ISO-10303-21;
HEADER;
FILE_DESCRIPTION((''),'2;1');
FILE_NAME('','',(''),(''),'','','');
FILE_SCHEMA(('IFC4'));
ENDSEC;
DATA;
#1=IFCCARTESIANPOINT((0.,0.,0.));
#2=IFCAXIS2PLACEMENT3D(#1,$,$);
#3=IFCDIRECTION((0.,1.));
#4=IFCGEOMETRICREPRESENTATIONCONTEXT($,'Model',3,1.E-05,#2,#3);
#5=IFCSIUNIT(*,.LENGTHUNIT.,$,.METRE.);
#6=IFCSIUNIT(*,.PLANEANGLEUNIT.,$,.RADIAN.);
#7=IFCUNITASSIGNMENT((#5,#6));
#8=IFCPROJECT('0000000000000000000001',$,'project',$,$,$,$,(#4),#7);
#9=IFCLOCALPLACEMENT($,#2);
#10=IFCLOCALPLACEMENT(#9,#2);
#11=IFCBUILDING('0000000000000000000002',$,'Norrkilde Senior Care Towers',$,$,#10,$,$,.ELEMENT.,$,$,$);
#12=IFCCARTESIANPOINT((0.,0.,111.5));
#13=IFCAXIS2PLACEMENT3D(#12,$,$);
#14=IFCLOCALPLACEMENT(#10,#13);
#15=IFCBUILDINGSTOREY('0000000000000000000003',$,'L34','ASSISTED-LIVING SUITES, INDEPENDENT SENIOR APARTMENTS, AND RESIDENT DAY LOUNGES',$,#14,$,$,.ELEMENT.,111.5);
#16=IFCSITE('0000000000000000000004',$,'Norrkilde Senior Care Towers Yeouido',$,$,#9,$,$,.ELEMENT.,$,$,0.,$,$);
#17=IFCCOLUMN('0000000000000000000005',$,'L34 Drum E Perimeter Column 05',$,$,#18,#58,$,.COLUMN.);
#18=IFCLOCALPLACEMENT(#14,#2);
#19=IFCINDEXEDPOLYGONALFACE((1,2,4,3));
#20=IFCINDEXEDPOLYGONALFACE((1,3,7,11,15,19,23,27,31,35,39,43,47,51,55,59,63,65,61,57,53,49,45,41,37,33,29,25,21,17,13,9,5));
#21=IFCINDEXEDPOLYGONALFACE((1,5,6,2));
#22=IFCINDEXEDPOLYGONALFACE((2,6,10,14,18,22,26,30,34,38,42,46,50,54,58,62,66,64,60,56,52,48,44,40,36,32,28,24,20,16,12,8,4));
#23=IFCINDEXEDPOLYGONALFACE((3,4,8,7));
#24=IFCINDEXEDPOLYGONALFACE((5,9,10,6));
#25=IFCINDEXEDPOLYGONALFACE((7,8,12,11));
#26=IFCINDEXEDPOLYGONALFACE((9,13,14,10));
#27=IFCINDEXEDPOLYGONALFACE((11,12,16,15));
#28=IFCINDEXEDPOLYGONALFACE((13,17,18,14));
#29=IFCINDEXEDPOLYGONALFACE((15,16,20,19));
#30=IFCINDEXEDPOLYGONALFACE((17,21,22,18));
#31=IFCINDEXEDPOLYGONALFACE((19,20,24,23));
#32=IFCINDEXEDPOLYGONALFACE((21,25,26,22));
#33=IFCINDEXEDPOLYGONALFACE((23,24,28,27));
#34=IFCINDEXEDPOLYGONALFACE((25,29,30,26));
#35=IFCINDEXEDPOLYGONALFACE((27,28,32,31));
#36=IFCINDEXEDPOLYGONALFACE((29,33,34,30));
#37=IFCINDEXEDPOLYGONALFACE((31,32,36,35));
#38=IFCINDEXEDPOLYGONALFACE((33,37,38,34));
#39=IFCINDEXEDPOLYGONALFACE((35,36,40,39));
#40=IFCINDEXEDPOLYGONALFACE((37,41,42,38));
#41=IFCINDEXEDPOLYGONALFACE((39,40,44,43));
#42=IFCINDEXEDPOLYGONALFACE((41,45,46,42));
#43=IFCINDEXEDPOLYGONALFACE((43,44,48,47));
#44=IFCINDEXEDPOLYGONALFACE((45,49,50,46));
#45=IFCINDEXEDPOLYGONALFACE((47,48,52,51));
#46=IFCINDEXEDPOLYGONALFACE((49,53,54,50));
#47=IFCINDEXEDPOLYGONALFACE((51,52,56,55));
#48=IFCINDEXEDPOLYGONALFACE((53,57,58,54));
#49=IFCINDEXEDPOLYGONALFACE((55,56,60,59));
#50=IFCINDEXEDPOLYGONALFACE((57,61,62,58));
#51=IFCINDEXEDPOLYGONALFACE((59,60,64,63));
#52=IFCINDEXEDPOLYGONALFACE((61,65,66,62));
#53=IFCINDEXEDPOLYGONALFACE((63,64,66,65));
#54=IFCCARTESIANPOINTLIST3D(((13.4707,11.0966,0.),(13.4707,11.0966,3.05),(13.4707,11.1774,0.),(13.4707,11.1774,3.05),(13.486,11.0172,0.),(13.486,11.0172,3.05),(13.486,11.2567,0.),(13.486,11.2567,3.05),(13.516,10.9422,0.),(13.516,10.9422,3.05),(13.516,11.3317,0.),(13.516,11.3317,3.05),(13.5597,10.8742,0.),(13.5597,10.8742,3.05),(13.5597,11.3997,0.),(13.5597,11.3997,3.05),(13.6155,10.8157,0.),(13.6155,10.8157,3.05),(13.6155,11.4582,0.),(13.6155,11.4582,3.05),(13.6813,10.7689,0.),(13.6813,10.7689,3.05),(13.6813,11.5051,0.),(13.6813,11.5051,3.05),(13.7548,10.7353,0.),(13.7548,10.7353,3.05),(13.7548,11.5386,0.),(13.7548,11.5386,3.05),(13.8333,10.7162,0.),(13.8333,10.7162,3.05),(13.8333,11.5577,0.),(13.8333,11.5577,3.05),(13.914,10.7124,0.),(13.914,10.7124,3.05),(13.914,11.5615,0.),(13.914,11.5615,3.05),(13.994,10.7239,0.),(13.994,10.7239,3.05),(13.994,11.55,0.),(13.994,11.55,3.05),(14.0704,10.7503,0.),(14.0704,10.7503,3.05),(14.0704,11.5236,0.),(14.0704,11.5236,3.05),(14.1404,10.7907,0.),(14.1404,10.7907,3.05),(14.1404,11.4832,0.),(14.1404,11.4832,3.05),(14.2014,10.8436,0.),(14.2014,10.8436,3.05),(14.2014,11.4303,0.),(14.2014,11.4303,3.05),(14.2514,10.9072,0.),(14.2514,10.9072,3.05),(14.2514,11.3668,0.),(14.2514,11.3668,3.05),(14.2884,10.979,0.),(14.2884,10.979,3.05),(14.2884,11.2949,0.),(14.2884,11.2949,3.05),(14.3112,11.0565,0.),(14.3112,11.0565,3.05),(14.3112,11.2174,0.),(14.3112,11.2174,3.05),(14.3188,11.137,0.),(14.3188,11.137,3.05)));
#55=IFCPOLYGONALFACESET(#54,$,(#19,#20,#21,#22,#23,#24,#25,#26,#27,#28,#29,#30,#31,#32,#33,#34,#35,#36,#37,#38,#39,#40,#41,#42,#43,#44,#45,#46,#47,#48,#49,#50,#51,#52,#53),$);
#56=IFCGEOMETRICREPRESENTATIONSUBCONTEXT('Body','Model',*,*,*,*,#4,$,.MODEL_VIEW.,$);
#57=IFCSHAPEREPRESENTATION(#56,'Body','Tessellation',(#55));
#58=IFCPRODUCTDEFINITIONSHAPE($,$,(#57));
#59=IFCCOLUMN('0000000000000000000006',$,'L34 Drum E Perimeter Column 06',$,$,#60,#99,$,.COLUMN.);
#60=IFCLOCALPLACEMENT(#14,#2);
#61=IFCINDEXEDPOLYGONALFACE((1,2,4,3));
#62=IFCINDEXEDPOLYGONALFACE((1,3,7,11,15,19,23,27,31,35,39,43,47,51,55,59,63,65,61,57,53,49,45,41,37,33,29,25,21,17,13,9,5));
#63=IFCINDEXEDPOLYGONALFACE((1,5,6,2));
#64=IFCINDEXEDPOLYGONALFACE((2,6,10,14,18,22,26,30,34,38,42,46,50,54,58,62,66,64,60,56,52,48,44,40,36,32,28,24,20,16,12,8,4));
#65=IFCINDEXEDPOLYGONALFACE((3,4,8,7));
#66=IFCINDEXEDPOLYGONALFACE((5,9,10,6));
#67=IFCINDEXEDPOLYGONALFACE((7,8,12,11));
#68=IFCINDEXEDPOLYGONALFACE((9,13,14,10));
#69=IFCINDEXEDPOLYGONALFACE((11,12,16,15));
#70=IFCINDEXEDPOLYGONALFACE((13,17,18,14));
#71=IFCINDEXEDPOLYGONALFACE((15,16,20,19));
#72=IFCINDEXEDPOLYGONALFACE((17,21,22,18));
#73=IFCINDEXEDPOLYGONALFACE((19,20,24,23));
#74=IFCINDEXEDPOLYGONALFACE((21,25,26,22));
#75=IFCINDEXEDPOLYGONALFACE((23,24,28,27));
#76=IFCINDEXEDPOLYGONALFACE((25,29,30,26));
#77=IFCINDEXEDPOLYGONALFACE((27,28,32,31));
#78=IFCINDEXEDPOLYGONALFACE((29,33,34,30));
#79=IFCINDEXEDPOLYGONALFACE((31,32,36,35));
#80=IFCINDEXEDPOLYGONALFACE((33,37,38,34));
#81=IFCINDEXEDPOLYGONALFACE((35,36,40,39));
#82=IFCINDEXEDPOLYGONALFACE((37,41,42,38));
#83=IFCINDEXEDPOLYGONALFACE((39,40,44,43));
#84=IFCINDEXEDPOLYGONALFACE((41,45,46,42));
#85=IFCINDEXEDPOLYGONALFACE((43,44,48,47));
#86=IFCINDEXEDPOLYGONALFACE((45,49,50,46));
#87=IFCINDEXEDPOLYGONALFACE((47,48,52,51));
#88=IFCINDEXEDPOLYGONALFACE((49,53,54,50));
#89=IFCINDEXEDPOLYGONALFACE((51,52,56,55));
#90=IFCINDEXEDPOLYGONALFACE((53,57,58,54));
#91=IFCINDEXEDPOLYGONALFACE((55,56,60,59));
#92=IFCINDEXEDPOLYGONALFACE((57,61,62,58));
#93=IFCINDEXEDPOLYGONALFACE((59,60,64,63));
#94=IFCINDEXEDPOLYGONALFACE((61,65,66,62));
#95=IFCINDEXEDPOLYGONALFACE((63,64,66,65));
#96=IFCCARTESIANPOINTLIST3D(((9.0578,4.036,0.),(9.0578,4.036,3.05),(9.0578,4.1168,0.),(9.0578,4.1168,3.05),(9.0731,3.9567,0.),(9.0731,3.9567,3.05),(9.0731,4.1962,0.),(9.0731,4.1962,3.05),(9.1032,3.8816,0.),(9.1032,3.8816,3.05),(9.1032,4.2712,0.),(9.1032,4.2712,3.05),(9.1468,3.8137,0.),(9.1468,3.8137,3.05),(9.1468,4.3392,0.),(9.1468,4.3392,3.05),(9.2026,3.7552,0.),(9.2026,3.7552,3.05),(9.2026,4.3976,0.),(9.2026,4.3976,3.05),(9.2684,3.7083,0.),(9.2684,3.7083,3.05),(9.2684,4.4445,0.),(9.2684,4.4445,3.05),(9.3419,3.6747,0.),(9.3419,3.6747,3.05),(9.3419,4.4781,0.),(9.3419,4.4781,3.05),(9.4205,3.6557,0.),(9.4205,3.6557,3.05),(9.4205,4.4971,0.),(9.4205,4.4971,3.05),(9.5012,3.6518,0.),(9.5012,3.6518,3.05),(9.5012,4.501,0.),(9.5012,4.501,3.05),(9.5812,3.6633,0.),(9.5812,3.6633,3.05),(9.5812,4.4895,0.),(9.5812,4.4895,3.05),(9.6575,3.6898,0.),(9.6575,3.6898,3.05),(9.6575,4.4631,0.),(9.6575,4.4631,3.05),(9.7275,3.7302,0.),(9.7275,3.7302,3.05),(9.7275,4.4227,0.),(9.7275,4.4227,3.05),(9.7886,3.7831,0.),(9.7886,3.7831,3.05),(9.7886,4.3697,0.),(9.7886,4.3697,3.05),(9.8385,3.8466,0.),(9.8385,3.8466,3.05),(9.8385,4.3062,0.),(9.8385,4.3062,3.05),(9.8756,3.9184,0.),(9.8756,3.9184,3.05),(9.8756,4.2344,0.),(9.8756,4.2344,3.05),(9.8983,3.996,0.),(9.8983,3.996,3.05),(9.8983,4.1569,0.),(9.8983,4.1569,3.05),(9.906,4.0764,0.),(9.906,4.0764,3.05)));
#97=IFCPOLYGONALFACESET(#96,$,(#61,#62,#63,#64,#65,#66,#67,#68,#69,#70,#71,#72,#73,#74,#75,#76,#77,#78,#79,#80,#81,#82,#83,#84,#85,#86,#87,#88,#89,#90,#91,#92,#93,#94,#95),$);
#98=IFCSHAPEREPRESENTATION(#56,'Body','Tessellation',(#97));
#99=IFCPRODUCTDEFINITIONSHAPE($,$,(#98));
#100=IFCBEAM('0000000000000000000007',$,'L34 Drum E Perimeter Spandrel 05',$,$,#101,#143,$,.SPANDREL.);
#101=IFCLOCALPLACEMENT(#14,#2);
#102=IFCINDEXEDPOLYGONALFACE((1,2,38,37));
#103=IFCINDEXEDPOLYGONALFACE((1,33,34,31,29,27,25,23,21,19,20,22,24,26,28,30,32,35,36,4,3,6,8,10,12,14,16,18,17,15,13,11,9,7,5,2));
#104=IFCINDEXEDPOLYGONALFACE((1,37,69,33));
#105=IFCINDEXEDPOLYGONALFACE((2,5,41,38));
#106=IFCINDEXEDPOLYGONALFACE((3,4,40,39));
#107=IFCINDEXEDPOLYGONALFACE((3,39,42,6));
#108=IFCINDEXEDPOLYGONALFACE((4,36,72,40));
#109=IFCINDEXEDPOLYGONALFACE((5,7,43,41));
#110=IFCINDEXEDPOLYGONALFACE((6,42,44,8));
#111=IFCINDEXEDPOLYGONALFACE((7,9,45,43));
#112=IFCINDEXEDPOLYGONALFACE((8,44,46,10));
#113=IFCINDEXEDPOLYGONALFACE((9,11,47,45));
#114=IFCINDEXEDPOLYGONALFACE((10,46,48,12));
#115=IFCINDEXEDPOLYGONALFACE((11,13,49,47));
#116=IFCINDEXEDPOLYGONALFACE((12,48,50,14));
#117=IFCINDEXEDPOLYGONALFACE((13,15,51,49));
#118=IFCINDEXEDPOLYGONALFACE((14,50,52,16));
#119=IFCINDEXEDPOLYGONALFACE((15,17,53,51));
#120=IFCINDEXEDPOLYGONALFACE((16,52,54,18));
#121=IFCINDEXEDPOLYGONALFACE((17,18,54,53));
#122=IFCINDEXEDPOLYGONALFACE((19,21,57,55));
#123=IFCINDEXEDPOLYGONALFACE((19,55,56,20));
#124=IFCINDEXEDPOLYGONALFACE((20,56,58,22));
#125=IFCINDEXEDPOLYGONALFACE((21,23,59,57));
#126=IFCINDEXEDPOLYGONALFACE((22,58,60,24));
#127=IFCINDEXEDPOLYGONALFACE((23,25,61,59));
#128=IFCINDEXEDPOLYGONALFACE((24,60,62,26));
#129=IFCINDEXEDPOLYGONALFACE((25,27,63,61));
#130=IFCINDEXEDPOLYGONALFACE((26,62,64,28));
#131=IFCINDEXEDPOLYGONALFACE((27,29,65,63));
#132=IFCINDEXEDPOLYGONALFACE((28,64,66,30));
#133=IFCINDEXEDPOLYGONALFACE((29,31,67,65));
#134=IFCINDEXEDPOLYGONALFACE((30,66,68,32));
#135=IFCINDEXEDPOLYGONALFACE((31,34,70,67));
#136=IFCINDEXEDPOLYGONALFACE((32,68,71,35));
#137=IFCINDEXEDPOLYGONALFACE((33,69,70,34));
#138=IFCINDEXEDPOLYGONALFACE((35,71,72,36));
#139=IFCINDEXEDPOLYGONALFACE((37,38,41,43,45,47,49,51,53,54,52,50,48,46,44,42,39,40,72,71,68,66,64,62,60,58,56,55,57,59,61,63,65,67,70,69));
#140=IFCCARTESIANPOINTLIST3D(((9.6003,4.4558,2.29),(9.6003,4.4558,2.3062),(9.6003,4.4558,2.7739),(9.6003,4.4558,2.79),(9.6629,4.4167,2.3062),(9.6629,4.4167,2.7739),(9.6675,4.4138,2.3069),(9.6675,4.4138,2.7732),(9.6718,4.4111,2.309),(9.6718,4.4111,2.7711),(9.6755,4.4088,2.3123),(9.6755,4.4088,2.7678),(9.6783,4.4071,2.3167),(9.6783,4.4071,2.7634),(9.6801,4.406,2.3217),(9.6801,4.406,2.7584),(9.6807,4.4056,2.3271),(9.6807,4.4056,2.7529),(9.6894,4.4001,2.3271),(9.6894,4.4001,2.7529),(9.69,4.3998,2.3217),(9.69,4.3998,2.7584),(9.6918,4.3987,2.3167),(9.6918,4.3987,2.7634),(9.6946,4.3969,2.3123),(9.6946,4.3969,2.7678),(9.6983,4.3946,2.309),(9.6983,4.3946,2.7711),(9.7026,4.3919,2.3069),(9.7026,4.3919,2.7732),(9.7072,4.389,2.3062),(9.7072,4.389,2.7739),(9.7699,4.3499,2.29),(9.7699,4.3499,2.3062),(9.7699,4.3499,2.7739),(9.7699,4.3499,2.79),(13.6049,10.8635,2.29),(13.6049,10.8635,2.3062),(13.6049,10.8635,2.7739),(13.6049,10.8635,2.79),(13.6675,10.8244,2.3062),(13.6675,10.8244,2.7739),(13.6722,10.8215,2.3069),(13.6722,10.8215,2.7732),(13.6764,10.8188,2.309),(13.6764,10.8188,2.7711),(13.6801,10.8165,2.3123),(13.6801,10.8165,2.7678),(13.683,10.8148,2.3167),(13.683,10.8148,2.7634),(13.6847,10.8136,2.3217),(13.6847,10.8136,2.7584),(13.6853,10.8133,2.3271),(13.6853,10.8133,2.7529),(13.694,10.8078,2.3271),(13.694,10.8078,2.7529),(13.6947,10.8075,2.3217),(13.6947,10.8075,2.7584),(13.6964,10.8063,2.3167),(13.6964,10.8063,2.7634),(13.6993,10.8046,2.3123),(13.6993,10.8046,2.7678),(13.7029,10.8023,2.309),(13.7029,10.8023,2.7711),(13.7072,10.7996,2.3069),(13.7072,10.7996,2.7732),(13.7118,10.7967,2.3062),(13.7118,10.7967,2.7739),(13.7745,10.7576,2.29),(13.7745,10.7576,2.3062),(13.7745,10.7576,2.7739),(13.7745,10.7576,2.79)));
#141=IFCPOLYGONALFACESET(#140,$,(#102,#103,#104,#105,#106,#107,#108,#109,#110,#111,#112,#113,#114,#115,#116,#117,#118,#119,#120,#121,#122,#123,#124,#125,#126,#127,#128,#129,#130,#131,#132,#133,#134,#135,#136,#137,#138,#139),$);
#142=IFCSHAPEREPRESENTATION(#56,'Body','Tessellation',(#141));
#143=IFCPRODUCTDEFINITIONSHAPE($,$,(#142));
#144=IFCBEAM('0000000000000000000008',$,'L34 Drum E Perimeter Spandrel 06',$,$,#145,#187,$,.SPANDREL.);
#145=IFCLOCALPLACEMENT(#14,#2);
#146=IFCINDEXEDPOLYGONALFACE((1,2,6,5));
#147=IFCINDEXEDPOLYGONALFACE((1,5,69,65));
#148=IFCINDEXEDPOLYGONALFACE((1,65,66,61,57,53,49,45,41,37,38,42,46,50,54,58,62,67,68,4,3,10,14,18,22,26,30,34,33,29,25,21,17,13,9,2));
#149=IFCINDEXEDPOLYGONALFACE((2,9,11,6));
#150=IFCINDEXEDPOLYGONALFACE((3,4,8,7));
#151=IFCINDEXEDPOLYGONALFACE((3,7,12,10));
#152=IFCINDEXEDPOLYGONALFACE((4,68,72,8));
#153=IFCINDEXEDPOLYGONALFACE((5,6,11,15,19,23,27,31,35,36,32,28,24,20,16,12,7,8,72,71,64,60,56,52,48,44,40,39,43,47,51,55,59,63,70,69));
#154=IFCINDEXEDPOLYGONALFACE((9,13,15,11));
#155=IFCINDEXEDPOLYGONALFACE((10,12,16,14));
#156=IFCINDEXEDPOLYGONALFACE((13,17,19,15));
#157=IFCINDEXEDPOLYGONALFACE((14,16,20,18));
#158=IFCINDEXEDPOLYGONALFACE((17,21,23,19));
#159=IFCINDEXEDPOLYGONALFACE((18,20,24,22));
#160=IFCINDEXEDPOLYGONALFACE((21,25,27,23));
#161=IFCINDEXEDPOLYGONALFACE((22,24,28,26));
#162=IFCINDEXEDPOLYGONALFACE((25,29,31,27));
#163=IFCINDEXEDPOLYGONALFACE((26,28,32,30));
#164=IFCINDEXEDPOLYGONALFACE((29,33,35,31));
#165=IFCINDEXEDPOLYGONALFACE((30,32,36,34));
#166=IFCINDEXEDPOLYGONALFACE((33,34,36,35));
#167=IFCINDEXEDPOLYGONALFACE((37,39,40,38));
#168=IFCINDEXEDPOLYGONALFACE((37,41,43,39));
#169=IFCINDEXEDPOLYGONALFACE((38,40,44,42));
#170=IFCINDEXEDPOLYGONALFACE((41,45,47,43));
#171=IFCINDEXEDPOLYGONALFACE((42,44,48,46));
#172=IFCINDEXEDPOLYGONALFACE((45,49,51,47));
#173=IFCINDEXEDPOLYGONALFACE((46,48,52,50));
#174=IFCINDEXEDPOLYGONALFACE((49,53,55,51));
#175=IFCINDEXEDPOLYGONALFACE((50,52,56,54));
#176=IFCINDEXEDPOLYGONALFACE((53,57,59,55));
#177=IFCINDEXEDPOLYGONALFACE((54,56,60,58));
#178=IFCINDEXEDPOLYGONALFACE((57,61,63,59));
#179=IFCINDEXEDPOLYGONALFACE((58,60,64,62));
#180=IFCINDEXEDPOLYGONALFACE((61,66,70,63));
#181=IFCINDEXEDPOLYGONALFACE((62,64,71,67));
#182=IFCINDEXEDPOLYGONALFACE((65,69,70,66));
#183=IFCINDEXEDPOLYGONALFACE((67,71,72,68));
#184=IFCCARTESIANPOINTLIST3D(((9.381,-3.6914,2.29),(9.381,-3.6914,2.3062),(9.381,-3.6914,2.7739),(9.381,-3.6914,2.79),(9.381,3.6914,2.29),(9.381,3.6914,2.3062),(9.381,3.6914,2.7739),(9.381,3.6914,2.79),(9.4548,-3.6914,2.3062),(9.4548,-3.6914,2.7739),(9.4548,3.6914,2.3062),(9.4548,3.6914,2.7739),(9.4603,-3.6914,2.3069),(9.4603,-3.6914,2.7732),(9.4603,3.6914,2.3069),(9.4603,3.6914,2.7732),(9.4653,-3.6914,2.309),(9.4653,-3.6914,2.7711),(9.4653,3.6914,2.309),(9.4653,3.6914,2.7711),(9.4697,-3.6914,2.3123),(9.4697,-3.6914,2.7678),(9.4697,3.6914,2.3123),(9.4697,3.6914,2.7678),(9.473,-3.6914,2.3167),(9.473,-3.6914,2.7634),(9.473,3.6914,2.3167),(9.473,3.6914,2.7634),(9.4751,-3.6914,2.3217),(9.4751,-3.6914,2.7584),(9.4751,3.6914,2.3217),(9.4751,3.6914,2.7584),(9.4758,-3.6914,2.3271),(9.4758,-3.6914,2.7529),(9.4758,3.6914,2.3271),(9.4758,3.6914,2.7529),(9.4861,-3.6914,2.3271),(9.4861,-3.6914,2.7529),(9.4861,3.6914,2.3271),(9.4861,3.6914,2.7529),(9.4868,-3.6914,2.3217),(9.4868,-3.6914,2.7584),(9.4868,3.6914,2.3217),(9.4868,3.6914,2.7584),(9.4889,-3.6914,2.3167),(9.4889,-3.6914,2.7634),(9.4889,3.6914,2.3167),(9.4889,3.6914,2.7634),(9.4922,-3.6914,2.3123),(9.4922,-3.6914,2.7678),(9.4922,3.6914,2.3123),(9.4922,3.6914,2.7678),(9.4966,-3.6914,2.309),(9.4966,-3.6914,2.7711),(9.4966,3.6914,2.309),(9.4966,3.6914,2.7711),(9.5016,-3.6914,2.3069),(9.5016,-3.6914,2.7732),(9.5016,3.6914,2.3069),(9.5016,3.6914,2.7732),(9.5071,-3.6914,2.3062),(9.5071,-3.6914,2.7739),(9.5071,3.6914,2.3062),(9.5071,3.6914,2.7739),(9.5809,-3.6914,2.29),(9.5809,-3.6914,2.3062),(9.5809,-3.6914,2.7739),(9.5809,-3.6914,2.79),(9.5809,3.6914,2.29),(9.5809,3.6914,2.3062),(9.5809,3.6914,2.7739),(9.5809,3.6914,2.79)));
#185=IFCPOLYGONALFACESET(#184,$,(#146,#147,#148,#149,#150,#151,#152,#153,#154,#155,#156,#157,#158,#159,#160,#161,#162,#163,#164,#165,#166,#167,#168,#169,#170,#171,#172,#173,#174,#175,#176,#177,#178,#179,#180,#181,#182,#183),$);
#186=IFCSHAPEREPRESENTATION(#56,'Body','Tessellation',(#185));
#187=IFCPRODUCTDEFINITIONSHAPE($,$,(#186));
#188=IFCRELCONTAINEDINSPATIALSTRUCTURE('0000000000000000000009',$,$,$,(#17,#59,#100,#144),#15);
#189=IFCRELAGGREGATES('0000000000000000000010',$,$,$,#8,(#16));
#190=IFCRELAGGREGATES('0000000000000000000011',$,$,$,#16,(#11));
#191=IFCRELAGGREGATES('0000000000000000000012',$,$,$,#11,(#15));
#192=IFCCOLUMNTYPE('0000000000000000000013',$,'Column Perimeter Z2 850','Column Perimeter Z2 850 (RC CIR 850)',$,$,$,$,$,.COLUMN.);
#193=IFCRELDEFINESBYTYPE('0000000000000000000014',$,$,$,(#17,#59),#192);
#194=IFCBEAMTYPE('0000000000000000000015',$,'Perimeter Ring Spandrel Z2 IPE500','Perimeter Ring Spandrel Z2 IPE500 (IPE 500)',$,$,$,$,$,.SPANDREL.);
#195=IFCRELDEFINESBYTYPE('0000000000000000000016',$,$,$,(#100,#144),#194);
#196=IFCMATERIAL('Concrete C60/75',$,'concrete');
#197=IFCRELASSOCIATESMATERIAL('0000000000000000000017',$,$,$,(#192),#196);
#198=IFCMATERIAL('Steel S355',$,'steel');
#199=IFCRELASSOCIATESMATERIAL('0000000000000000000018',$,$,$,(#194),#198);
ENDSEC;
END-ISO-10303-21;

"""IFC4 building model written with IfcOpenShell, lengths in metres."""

from ifc_helpers import new_model, si_unit, direction, frame, origin, origin_2d, place, context, subcontext, project, spatial, circle, i_section, extrude, source, transform, mapped, material, material_profile, profile_set, type_object, type_shapes, element, save


model = new_model("IFC4")

# Units and contexts
model_context = context("Model", 3, precision=1e-05, world=origin(), true_north=direction((0.0, 1.0)))
body_context = subcontext(model_context, "Body", "Model", "MODEL_VIEW")
ifc_project = project(units=[si_unit("LENGTHUNIT", "METRE"), si_unit("PLANEANGLEUNIT", "RADIAN")], contexts=[model_context])

# Site, building, storey
site_placement = place(None, origin())
site = spatial("IfcSite", under=ifc_project, at=site_placement, Name="Norrkilde Senior Care Towers Yeouido", CompositionType="ELEMENT", RefElevation=0.0)
building_placement = place(site_placement, origin())
building = spatial("IfcBuilding", under=site, at=building_placement, Name="Norrkilde Senior Care Towers", CompositionType="ELEMENT")
storey_placement = place(building_placement, frame((0.0, 0.0, 111.5)))
storey = spatial("IfcBuildingStorey", under=building, at=storey_placement, Name="L34", Description="ASSISTED-LIVING SUITES, INDEPENDENT SENIOR APARTMENTS, AND RESIDENT DAY LOUNGES", CompositionType="ELEMENT", Elevation=111.5)

# Columns
ifc_material_1 = material(Name="Concrete C60/75", Category="concrete")
ifc_material_profile_1 = material_profile(ifc_material_1, circle(Radius=0.425, at=origin_2d()), Name="RC CIR 850")
ifc_profile_set_1 = profile_set([ifc_material_profile_1], Name="Concrete C60/75")
column_type = type_object("IfcColumnType", Name="Column Perimeter Z2 850", Description="Column Perimeter Z2 850 (RC CIR 850)", PredefinedType="COLUMN", material=ifc_profile_set_1)
shared_shape_1 = source(origin(), body_context, "Body", "SweptSolid", [
    extrude(circle(Radius=0.425, at=origin_2d()), origin(), (0.0, 0.0, 1.0), 3.05),
])
type_shapes(column_type, [shared_shape_1])
for number, where, z_axis, x_axis, name in (
    (1, (13.8938, 11.137, 0.0), (0.0, 0.0, 1.0), (1.0, 0.0, 0.0), "L34 Drum E Perimeter Column 05"),
    (2, (9.481, 4.0764, 0.0), (0.0, 0.0, 1.0), (1.0, 0.0, 0.0), "L34 Drum E Perimeter Column 06"),
):
    element("IfcColumn", number, at=place(storey_placement, frame(where, z_axis=z_axis, x_axis=x_axis)), inside=storey, type_object=column_type, Name=name, PredefinedType="COLUMN", context=body_context, shape_type="MappedRepresentation", body=[
        mapped(shared_shape_1, transform((0.0, 0.0, 0.0), x_axis=(1.0, 0.0, 0.0), y_axis=(0.0, 1.0, 0.0), z_axis=(0.0, 0.0, 1.0), scale=1.0)),
    ])

# Beams
ifc_material_2 = material(Name="Steel S355", Category="steel")
ifc_material_profile_2 = material_profile(ifc_material_2, i_section(OverallWidth=0.2, OverallDepth=0.5, WebThickness=0.0103, FlangeThickness=0.0161, FilletRadius=0.021, at=origin_2d()), Name="IPE 500")
ifc_profile_set_2 = profile_set([ifc_material_profile_2], Name="Steel S355")
beam_type = type_object("IfcBeamType", Name="Perimeter Ring Spandrel Z2 IPE500", Description="Perimeter Ring Spandrel Z2 IPE500 (IPE 500)", PredefinedType="SPANDREL", material=ifc_profile_set_2)
shared_shape_2 = source(origin(), body_context, "Body", "SweptSolid", [
    extrude(i_section(OverallWidth=0.2, OverallDepth=0.5, WebThickness=0.0103, FlangeThickness=0.0161, FilletRadius=0.021, at=origin_2d()), origin(), (0.0, 0.0, 1.0), 7.5562),
])
beam_1_placement = place(storey_placement, frame((13.6897, 10.8105, 2.54), z_axis=(-0.529982, -0.848009, 0.0), x_axis=(0.848009, -0.529982, 0.0)))
element("IfcBeam", 3, at=beam_1_placement, inside=storey, type_object=beam_type, Name="L34 Drum E Perimeter Spandrel 05", PredefinedType="SPANDREL", context=body_context, shape_type="MappedRepresentation", body=[
    mapped(shared_shape_2, transform((0.0, 0.0, 0.0), x_axis=(1.0, 0.0, 0.0), y_axis=(0.0, 1.0, 0.0), z_axis=(0.0, 0.0, 1.0), scale=1.0)),
])
shared_shape_3 = source(origin(), body_context, "Body", "SweptSolid", [
    extrude(i_section(OverallWidth=0.2, OverallDepth=0.5, WebThickness=0.0103, FlangeThickness=0.0161, FilletRadius=0.021, at=origin_2d()), origin(), (0.0, 0.0, 1.0), 7.3828),
])
type_shapes(beam_type, [shared_shape_2, shared_shape_3])
beam_2_placement = place(storey_placement, frame((9.481, 3.6914, 2.54), z_axis=(0.0, -1.0, 0.0), x_axis=(1.0, 0.0, 0.0)))
element("IfcBeam", 4, at=beam_2_placement, inside=storey, type_object=beam_type, Name="L34 Drum E Perimeter Spandrel 06", PredefinedType="SPANDREL", context=body_context, shape_type="MappedRepresentation", body=[
    mapped(shared_shape_3, transform((0.0, 0.0, 0.0), x_axis=(1.0, 0.0, 0.0), y_axis=(0.0, 1.0, 0.0), z_axis=(0.0, 0.0, 1.0), scale=1.0)),
])

save(model, "model.ifc")
